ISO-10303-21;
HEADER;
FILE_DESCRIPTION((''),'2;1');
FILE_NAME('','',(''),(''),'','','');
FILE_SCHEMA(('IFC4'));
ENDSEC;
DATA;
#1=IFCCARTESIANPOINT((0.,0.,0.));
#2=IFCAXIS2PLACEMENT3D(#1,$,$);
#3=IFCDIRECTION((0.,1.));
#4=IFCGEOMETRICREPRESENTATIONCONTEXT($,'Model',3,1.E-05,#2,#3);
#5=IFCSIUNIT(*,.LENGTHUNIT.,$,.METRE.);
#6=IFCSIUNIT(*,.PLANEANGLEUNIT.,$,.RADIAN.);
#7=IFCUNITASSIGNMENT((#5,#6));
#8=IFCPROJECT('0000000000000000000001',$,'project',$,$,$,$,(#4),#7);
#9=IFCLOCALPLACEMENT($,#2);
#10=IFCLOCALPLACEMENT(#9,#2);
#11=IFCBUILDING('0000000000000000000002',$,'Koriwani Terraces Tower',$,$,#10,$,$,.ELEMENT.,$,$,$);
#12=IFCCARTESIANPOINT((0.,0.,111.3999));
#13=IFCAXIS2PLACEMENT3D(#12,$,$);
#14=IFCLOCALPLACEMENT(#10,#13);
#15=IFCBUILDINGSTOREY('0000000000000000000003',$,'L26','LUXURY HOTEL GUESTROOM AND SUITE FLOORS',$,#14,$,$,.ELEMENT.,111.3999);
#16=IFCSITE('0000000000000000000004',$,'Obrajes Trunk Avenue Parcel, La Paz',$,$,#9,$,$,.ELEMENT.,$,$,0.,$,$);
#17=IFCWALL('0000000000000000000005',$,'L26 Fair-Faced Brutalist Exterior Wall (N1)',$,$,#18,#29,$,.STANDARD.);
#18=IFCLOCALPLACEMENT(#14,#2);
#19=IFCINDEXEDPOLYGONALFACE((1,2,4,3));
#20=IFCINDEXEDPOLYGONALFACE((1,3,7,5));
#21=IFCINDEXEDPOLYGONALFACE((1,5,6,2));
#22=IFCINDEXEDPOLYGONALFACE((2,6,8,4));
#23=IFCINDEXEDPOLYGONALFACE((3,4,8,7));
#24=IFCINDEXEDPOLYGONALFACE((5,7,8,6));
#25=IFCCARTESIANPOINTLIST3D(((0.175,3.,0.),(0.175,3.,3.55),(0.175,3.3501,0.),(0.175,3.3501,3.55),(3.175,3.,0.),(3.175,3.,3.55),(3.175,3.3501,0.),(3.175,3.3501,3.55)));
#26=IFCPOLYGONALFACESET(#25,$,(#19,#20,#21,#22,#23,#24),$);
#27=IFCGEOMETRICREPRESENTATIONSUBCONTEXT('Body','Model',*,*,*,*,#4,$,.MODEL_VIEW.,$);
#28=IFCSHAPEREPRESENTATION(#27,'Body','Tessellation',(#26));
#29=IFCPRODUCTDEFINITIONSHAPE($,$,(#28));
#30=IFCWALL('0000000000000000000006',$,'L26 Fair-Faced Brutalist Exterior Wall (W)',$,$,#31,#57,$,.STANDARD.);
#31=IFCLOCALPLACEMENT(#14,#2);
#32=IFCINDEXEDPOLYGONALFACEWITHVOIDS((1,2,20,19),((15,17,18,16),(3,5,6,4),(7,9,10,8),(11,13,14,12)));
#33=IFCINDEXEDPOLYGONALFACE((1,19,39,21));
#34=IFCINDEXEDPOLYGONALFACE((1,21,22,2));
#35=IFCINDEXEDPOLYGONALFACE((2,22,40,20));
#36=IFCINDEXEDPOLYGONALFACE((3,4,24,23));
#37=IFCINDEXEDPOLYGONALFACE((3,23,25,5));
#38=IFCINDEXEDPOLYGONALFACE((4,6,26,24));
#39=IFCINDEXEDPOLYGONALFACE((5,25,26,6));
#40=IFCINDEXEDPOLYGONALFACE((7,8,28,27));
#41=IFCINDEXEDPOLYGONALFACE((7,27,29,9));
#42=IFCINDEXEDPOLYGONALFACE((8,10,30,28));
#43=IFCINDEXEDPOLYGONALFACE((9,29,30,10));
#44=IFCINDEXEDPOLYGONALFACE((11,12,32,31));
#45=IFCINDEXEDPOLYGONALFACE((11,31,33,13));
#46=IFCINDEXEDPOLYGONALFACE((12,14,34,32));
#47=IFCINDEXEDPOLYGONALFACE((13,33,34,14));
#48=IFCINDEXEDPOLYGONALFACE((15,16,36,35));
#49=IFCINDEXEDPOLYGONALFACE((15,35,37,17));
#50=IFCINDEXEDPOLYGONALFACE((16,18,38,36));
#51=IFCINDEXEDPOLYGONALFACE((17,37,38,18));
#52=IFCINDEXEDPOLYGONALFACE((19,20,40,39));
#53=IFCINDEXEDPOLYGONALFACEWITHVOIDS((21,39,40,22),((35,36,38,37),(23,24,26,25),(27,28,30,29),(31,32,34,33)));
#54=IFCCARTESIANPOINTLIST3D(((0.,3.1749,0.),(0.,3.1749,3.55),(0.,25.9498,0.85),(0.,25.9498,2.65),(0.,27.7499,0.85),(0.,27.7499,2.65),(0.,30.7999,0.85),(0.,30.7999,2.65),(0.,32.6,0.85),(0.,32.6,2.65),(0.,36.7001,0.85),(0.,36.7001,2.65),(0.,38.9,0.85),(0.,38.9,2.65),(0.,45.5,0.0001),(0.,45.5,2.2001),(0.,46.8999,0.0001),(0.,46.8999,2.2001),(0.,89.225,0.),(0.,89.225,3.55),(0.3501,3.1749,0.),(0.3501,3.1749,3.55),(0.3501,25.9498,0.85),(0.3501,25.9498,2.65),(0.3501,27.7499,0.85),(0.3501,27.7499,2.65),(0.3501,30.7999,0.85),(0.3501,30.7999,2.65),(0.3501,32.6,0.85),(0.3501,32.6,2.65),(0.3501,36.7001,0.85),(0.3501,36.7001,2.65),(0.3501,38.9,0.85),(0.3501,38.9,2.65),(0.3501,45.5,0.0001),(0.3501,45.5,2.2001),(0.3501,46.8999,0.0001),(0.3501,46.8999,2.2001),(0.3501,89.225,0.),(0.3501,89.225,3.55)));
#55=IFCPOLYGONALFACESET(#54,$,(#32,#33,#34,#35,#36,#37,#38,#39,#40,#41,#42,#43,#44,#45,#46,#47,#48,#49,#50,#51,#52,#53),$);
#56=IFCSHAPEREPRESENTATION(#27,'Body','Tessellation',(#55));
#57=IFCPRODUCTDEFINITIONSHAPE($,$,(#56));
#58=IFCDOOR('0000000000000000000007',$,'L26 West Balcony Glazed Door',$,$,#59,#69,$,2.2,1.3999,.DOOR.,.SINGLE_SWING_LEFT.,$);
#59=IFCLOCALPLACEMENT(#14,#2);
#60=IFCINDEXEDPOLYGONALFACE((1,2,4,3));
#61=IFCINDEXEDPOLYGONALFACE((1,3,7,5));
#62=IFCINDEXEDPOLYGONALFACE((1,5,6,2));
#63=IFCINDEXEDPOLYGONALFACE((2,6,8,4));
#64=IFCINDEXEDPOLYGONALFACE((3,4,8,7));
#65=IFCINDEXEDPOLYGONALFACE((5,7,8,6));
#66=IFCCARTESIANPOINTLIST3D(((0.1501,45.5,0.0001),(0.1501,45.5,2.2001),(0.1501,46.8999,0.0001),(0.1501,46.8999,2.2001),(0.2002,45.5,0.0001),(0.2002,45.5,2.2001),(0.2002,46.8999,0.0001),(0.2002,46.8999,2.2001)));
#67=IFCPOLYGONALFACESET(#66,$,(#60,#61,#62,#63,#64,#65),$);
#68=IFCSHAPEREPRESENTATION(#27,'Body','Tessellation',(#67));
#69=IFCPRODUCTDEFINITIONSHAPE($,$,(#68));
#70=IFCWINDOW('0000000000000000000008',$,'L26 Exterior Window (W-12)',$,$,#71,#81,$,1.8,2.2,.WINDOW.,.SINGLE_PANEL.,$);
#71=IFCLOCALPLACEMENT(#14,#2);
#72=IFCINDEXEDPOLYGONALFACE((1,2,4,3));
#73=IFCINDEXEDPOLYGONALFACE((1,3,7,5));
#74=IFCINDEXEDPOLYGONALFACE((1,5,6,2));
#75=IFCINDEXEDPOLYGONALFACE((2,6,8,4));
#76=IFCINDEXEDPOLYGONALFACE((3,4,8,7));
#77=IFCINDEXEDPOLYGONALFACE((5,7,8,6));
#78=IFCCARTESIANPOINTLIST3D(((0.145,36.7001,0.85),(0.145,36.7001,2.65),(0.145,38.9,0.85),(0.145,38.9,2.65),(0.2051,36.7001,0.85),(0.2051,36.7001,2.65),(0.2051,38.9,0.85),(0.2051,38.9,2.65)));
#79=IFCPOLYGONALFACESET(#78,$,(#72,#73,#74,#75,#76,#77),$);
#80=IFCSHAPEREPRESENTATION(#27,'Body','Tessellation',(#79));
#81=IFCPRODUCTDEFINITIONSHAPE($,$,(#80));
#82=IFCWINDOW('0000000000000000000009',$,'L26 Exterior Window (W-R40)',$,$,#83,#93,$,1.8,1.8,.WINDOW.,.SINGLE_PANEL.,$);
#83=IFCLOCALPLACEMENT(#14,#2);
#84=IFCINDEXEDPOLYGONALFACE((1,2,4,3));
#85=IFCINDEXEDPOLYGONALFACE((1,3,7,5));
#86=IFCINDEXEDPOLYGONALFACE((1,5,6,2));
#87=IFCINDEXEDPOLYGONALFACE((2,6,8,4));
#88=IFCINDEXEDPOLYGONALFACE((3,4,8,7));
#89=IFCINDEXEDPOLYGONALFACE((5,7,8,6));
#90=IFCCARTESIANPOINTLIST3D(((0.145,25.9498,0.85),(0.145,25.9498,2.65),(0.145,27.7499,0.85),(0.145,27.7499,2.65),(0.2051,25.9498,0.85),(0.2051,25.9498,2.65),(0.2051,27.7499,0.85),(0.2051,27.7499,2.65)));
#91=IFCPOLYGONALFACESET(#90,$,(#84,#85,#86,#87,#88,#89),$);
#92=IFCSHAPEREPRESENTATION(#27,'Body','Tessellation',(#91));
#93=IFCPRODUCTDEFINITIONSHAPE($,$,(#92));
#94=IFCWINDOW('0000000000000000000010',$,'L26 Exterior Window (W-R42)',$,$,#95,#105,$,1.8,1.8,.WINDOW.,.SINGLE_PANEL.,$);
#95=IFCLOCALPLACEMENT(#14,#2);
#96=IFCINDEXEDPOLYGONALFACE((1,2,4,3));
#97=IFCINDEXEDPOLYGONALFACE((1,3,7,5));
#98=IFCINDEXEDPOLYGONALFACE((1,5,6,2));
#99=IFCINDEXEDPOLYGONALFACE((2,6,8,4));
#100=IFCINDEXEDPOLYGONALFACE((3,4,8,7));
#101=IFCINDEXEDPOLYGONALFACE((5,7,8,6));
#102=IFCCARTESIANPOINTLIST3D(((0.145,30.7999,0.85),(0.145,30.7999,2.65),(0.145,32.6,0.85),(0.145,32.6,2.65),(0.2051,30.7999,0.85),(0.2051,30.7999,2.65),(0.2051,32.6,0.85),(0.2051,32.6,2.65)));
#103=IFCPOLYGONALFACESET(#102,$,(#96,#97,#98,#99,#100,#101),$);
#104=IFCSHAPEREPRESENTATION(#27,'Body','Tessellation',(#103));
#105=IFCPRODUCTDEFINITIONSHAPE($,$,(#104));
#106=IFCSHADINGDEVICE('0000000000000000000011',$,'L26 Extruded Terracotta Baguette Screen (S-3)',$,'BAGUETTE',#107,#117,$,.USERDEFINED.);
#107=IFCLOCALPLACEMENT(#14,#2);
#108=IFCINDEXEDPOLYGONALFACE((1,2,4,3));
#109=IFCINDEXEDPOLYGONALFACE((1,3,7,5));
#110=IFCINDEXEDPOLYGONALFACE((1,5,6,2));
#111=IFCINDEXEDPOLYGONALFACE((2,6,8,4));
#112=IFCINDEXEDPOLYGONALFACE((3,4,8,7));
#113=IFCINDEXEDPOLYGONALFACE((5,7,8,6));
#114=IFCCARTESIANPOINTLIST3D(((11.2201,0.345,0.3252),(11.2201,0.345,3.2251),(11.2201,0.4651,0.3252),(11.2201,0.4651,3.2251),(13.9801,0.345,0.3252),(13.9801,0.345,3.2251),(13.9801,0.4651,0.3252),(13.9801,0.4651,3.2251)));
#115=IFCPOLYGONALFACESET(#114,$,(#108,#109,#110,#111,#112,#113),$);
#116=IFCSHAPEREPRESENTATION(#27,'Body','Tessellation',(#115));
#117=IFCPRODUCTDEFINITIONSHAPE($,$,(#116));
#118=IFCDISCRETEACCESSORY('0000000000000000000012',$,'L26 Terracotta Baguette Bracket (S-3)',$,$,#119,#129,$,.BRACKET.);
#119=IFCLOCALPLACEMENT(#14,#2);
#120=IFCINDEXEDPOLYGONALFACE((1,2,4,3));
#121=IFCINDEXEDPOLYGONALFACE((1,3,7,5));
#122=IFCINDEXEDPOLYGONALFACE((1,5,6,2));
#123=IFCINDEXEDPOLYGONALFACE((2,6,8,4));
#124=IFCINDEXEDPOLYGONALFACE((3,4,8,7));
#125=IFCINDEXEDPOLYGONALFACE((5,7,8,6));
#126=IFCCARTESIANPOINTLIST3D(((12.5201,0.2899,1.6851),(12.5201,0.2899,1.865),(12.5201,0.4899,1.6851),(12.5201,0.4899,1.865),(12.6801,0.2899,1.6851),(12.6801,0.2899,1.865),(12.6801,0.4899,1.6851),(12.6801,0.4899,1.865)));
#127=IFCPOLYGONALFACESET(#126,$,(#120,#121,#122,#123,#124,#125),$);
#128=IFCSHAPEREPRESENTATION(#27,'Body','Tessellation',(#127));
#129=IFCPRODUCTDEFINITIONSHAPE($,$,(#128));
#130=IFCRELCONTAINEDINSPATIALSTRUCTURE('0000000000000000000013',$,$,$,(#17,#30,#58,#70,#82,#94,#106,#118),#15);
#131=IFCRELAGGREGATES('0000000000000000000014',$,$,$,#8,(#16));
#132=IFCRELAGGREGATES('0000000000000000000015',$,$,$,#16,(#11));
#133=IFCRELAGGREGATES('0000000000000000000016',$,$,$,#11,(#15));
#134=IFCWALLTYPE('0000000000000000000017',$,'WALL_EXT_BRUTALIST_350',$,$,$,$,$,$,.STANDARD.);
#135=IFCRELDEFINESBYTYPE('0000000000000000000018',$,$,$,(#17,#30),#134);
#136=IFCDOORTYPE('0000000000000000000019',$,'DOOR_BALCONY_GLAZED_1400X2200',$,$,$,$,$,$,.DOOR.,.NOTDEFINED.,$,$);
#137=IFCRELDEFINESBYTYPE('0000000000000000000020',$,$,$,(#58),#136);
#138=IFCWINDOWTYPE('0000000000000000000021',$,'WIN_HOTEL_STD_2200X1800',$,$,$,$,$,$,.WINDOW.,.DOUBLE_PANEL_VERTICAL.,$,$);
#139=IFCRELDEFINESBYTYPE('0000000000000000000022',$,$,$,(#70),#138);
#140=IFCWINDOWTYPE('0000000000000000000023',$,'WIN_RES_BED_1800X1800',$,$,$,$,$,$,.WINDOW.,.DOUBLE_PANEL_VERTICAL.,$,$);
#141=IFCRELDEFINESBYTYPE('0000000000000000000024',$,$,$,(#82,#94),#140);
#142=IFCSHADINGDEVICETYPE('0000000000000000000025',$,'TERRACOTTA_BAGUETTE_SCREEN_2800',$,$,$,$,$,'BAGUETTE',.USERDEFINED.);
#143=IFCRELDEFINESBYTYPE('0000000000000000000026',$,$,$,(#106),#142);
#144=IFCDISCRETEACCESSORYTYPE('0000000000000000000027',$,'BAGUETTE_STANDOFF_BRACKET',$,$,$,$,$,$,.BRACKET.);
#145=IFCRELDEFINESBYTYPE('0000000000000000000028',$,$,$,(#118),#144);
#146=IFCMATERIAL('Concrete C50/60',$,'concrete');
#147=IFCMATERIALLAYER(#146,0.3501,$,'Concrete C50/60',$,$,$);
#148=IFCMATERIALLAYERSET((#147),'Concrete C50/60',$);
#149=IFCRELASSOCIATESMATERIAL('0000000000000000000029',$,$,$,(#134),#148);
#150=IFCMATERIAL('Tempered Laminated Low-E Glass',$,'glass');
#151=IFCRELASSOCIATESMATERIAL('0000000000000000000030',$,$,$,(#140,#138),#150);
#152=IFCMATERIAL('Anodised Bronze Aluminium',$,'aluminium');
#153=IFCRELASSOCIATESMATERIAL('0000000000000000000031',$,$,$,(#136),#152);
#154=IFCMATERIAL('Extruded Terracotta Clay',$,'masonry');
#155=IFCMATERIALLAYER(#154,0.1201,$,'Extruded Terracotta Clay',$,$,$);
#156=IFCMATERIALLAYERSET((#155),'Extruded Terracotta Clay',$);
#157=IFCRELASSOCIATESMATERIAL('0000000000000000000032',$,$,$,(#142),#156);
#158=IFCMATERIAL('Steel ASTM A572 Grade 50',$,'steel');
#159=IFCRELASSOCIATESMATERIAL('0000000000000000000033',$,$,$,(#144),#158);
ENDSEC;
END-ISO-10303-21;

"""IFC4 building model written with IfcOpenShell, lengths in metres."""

from ifc_helpers import new_model, si_unit, direction, frame, frame_2d, origin, origin_2d, place, context, subcontext, project, spatial, rectangle, extrude, material, layer, layer_set, type_object, element, fill, save


model = new_model("IFC4")

# Units and contexts
model_context = context("Model", 3, precision=1e-05, world=origin(), true_north=direction((0.0, 1.0)))
body_context = subcontext(model_context, "Body", "Model", "MODEL_VIEW")
ifc_project = project(units=[si_unit("LENGTHUNIT", "METRE"), si_unit("PLANEANGLEUNIT", "RADIAN")], contexts=[model_context])

# Site, building, storey
site_placement = place(None, origin())
site = spatial("IfcSite", under=ifc_project, at=site_placement, Name="Obrajes Trunk Avenue Parcel, La Paz", CompositionType="ELEMENT", RefElevation=0.0)
building_placement = place(site_placement, origin())
building = spatial("IfcBuilding", under=site, at=building_placement, Name="Koriwani Terraces Tower", CompositionType="ELEMENT")
storey_placement = place(building_placement, frame((0.0, 0.0, 111.3999)))
storey = spatial("IfcBuildingStorey", under=building, at=storey_placement, Name="L26", Description="LUXURY HOTEL GUESTROOM AND SUITE FLOORS", CompositionType="ELEMENT", Elevation=111.3999)

# Shared definitions
ifc_material_1 = material(Name="Concrete C50/60", Category="concrete")
ifc_material_2 = material(Name="Steel ASTM A572 Grade 50", Category="steel")

# Shared definitions
ifc_layer_1 = layer(ifc_material_1, 0.3501, Name="Concrete C50/60")
ifc_layer_set_1 = layer_set([ifc_layer_1], Name="Concrete C50/60")
wall_type_1 = type_object("IfcWallType", Name="WALL_EXT_BRUTALIST_350", PredefinedType="STANDARD", material=ifc_layer_set_1)
ifc_material_3 = material(Name="Tempered Laminated Low-E Glass", Category="glass")
window_type_1 = type_object("IfcWindowType", Name="WIN_RES_BED_1800X1800", PartitioningType="DOUBLE_PANEL_VERTICAL", PredefinedType="WINDOW", material=ifc_material_3)

# Wall
wall_1_placement = place(storey_placement, frame((3.175, 3.175, 0.0), z_axis=(0.0, 0.0, 1.0), x_axis=(-1.0, 0.0, 0.0)))
element("IfcWall", 1, at=wall_1_placement, inside=storey, type_object=wall_type_1, Name="L26 Fair-Faced Brutalist Exterior Wall (N1)", PredefinedType="STANDARD", context=body_context, shape_type="SweptSolid", body=[
    extrude(rectangle(XDim=3.0, YDim=0.3501, at=frame_2d((1.5, 0.0))), origin(), (0.0, 0.0, 1.0), 3.55),
])

# Wall, openings, door, windows
wall_2_placement = place(storey_placement, frame((0.175, 3.175, 0.0), z_axis=(0.0, 0.0, 1.0), x_axis=(0.0, 1.0, 0.0)))
wall_2 = element("IfcWall", 2, at=wall_2_placement, inside=storey, type_object=wall_type_1, Name="L26 Fair-Faced Brutalist Exterior Wall (W)", PredefinedType="STANDARD", context=body_context, shape_type="SweptSolid", body=[
    extrude(rectangle(XDim=86.05, YDim=0.3501, at=frame_2d((43.0249, 0.0))), origin(), (0.0, 0.0, 1.0), 3.55),
])
opening_1_placement = place(wall_2_placement, frame((42.325, 0.0, 0.0)))
opening_1 = element("IfcOpeningElement", 3, at=opening_1_placement, cuts=wall_2, PredefinedType="OPENING", context=body_context, shape_type="SweptSolid", body=[
    extrude(rectangle(XDim=1.3999, YDim=2.2, at=frame_2d((0.7, 1.1001))), frame((0.0, 0.1851, 0.0), z_axis=(0.0, -1.0, 0.0), x_axis=(1.0, 0.0, 0.0)), (0.0, 0.0, 1.0), 0.3701),
])
opening_2_placement = place(wall_2_placement, frame((33.5249, 0.0, 0.8501)))
opening_2 = element("IfcOpeningElement", 4, at=opening_2_placement, cuts=wall_2, PredefinedType="OPENING", context=body_context, shape_type="SweptSolid", body=[
    extrude(rectangle(XDim=2.2, YDim=1.8, at=frame_2d((1.1001, 0.8999))), frame((0.0, 0.1851, 0.0), z_axis=(0.0, -1.0, 0.0), x_axis=(1.0, 0.0, 0.0)), (0.0, 0.0, 1.0), 0.3701),
])
opening_3_placement = place(wall_2_placement, frame((22.7749, 0.0, 0.8501)))
opening_3 = element("IfcOpeningElement", 5, at=opening_3_placement, cuts=wall_2, PredefinedType="OPENING", context=body_context, shape_type="SweptSolid", body=[
    extrude(rectangle(XDim=1.8, YDim=1.8, at=frame_2d((0.8999, 0.8999))), frame((0.0, 0.1851, 0.0), z_axis=(0.0, -1.0, 0.0), x_axis=(1.0, 0.0, 0.0)), (0.0, 0.0, 1.0), 0.3701),
])
opening_4_placement = place(wall_2_placement, frame((27.625, 0.0, 0.8501)))
opening_4 = element("IfcOpeningElement", 6, at=opening_4_placement, cuts=wall_2, PredefinedType="OPENING", context=body_context, shape_type="SweptSolid", body=[
    extrude(rectangle(XDim=1.8, YDim=1.8, at=frame_2d((0.8999, 0.8999))), frame((0.0, 0.1851, 0.0), z_axis=(0.0, -1.0, 0.0), x_axis=(1.0, 0.0, 0.0)), (0.0, 0.0, 1.0), 0.3701),
])
ifc_material_4 = material(Name="Anodised Bronze Aluminium", Category="aluminium")
door_type = type_object("IfcDoorType", Name="DOOR_BALCONY_GLAZED_1400X2200", OperationType="NOTDEFINED", PredefinedType="DOOR", material=ifc_material_4)
door_placement = place(opening_1_placement, origin())
door = element("IfcDoor", 7, at=door_placement, inside=storey, type_object=door_type, Name="L26 West Balcony Glazed Door", OperationType="SINGLE_SWING_LEFT", OverallHeight=2.2, OverallWidth=1.3999, PredefinedType="DOOR", context=body_context, shape_type="SweptSolid", body=[
    extrude(rectangle(XDim=1.3999, YDim=2.2, at=frame_2d((0.7, 1.1001))), frame((0.0, 0.0249, 0.0), z_axis=(0.0, -1.0, 0.0), x_axis=(1.0, 0.0, 0.0)), (0.0, 0.0, 1.0), 0.05),
])
fill(opening_1, door)
window_type_2 = type_object("IfcWindowType", Name="WIN_HOTEL_STD_2200X1800", PartitioningType="DOUBLE_PANEL_VERTICAL", PredefinedType="WINDOW", material=ifc_material_3)
window_1_placement = place(opening_2_placement, origin())
window_1 = element("IfcWindow", 8, at=window_1_placement, inside=storey, type_object=window_type_2, Name="L26 Exterior Window (W-12)", OverallHeight=1.8, OverallWidth=2.2, PartitioningType="SINGLE_PANEL", PredefinedType="WINDOW", context=body_context, shape_type="SweptSolid", body=[
    extrude(rectangle(XDim=2.2, YDim=1.8, at=frame_2d((1.1001, 0.8999))), frame((0.0, 0.03, 0.0), z_axis=(0.0, -1.0, 0.0), x_axis=(1.0, 0.0, 0.0)), (0.0, 0.0, 1.0), 0.0601),
])
fill(opening_2, window_1)
window_2_placement = place(opening_3_placement, origin())
window_2 = element("IfcWindow", 9, at=window_2_placement, inside=storey, type_object=window_type_1, Name="L26 Exterior Window (W-R40)", OverallHeight=1.8, OverallWidth=1.8, PartitioningType="SINGLE_PANEL", PredefinedType="WINDOW", context=body_context, shape_type="SweptSolid", body=[
    extrude(rectangle(XDim=1.8, YDim=1.8, at=frame_2d((0.8999, 0.8999))), frame((0.0, 0.03, 0.0), z_axis=(0.0, -1.0, 0.0), x_axis=(1.0, 0.0, 0.0)), (0.0, 0.0, 1.0), 0.0601),
])
fill(opening_3, window_2)
window_3_placement = place(opening_4_placement, origin())
window_3 = element("IfcWindow", 10, at=window_3_placement, inside=storey, type_object=window_type_1, Name="L26 Exterior Window (W-R42)", OverallHeight=1.8, OverallWidth=1.8, PartitioningType="SINGLE_PANEL", PredefinedType="WINDOW", context=body_context, shape_type="SweptSolid", body=[
    extrude(rectangle(XDim=1.8, YDim=1.8, at=frame_2d((0.8999, 0.8999))), frame((0.0, 0.03, 0.0), z_axis=(0.0, -1.0, 0.0), x_axis=(1.0, 0.0, 0.0)), (0.0, 0.0, 1.0), 0.0601),
])
fill(opening_4, window_3)

# Shading device
ifc_material_5 = material(Name="Extruded Terracotta Clay", Category="masonry")
ifc_layer_2 = layer(ifc_material_5, 0.1201, Name="Extruded Terracotta Clay")
ifc_layer_set_2 = layer_set([ifc_layer_2], Name="Extruded Terracotta Clay")
shading_device_type = type_object("IfcShadingDeviceType", Name="TERRACOTTA_BAGUETTE_SCREEN_2800", ElementType="BAGUETTE", PredefinedType="USERDEFINED", material=ifc_layer_set_2)
shading_device_placement = place(storey_placement, frame((12.6001, 0.405, 0.3252), z_axis=(0.0, 0.0, 1.0), x_axis=(-1.0, 0.0, 0.0)))
element("IfcShadingDevice", 11, at=shading_device_placement, inside=storey, type_object=shading_device_type, Name="L26 Extruded Terracotta Baguette Screen (S-3)", ObjectType="BAGUETTE", PredefinedType="USERDEFINED", context=body_context, shape_type="SweptSolid", body=[
    extrude(rectangle(XDim=2.76, YDim=0.1201, at=origin_2d()), origin(), (0.0, 0.0, 1.0), 2.8999),
])

# Discrete accessory
discrete_accessory_type = type_object("IfcDiscreteAccessoryType", Name="BAGUETTE_STANDOFF_BRACKET", PredefinedType="BRACKET", material=ifc_material_2)
discrete_accessory_placement = place(storey_placement, frame((12.6001, 0.3899, 1.6851), z_axis=(0.0, 0.0, 1.0), x_axis=(-1.0, 0.0, 0.0)))
element("IfcDiscreteAccessory", 12, at=discrete_accessory_placement, inside=storey, type_object=discrete_accessory_type, Name="L26 Terracotta Baguette Bracket (S-3)", PredefinedType="BRACKET", context=body_context, shape_type="SweptSolid", body=[
    extrude(rectangle(XDim=0.1599, YDim=0.2, at=origin_2d()), origin(), (0.0, 0.0, 1.0), 0.1799),
])

save(model, "model.ifc")
